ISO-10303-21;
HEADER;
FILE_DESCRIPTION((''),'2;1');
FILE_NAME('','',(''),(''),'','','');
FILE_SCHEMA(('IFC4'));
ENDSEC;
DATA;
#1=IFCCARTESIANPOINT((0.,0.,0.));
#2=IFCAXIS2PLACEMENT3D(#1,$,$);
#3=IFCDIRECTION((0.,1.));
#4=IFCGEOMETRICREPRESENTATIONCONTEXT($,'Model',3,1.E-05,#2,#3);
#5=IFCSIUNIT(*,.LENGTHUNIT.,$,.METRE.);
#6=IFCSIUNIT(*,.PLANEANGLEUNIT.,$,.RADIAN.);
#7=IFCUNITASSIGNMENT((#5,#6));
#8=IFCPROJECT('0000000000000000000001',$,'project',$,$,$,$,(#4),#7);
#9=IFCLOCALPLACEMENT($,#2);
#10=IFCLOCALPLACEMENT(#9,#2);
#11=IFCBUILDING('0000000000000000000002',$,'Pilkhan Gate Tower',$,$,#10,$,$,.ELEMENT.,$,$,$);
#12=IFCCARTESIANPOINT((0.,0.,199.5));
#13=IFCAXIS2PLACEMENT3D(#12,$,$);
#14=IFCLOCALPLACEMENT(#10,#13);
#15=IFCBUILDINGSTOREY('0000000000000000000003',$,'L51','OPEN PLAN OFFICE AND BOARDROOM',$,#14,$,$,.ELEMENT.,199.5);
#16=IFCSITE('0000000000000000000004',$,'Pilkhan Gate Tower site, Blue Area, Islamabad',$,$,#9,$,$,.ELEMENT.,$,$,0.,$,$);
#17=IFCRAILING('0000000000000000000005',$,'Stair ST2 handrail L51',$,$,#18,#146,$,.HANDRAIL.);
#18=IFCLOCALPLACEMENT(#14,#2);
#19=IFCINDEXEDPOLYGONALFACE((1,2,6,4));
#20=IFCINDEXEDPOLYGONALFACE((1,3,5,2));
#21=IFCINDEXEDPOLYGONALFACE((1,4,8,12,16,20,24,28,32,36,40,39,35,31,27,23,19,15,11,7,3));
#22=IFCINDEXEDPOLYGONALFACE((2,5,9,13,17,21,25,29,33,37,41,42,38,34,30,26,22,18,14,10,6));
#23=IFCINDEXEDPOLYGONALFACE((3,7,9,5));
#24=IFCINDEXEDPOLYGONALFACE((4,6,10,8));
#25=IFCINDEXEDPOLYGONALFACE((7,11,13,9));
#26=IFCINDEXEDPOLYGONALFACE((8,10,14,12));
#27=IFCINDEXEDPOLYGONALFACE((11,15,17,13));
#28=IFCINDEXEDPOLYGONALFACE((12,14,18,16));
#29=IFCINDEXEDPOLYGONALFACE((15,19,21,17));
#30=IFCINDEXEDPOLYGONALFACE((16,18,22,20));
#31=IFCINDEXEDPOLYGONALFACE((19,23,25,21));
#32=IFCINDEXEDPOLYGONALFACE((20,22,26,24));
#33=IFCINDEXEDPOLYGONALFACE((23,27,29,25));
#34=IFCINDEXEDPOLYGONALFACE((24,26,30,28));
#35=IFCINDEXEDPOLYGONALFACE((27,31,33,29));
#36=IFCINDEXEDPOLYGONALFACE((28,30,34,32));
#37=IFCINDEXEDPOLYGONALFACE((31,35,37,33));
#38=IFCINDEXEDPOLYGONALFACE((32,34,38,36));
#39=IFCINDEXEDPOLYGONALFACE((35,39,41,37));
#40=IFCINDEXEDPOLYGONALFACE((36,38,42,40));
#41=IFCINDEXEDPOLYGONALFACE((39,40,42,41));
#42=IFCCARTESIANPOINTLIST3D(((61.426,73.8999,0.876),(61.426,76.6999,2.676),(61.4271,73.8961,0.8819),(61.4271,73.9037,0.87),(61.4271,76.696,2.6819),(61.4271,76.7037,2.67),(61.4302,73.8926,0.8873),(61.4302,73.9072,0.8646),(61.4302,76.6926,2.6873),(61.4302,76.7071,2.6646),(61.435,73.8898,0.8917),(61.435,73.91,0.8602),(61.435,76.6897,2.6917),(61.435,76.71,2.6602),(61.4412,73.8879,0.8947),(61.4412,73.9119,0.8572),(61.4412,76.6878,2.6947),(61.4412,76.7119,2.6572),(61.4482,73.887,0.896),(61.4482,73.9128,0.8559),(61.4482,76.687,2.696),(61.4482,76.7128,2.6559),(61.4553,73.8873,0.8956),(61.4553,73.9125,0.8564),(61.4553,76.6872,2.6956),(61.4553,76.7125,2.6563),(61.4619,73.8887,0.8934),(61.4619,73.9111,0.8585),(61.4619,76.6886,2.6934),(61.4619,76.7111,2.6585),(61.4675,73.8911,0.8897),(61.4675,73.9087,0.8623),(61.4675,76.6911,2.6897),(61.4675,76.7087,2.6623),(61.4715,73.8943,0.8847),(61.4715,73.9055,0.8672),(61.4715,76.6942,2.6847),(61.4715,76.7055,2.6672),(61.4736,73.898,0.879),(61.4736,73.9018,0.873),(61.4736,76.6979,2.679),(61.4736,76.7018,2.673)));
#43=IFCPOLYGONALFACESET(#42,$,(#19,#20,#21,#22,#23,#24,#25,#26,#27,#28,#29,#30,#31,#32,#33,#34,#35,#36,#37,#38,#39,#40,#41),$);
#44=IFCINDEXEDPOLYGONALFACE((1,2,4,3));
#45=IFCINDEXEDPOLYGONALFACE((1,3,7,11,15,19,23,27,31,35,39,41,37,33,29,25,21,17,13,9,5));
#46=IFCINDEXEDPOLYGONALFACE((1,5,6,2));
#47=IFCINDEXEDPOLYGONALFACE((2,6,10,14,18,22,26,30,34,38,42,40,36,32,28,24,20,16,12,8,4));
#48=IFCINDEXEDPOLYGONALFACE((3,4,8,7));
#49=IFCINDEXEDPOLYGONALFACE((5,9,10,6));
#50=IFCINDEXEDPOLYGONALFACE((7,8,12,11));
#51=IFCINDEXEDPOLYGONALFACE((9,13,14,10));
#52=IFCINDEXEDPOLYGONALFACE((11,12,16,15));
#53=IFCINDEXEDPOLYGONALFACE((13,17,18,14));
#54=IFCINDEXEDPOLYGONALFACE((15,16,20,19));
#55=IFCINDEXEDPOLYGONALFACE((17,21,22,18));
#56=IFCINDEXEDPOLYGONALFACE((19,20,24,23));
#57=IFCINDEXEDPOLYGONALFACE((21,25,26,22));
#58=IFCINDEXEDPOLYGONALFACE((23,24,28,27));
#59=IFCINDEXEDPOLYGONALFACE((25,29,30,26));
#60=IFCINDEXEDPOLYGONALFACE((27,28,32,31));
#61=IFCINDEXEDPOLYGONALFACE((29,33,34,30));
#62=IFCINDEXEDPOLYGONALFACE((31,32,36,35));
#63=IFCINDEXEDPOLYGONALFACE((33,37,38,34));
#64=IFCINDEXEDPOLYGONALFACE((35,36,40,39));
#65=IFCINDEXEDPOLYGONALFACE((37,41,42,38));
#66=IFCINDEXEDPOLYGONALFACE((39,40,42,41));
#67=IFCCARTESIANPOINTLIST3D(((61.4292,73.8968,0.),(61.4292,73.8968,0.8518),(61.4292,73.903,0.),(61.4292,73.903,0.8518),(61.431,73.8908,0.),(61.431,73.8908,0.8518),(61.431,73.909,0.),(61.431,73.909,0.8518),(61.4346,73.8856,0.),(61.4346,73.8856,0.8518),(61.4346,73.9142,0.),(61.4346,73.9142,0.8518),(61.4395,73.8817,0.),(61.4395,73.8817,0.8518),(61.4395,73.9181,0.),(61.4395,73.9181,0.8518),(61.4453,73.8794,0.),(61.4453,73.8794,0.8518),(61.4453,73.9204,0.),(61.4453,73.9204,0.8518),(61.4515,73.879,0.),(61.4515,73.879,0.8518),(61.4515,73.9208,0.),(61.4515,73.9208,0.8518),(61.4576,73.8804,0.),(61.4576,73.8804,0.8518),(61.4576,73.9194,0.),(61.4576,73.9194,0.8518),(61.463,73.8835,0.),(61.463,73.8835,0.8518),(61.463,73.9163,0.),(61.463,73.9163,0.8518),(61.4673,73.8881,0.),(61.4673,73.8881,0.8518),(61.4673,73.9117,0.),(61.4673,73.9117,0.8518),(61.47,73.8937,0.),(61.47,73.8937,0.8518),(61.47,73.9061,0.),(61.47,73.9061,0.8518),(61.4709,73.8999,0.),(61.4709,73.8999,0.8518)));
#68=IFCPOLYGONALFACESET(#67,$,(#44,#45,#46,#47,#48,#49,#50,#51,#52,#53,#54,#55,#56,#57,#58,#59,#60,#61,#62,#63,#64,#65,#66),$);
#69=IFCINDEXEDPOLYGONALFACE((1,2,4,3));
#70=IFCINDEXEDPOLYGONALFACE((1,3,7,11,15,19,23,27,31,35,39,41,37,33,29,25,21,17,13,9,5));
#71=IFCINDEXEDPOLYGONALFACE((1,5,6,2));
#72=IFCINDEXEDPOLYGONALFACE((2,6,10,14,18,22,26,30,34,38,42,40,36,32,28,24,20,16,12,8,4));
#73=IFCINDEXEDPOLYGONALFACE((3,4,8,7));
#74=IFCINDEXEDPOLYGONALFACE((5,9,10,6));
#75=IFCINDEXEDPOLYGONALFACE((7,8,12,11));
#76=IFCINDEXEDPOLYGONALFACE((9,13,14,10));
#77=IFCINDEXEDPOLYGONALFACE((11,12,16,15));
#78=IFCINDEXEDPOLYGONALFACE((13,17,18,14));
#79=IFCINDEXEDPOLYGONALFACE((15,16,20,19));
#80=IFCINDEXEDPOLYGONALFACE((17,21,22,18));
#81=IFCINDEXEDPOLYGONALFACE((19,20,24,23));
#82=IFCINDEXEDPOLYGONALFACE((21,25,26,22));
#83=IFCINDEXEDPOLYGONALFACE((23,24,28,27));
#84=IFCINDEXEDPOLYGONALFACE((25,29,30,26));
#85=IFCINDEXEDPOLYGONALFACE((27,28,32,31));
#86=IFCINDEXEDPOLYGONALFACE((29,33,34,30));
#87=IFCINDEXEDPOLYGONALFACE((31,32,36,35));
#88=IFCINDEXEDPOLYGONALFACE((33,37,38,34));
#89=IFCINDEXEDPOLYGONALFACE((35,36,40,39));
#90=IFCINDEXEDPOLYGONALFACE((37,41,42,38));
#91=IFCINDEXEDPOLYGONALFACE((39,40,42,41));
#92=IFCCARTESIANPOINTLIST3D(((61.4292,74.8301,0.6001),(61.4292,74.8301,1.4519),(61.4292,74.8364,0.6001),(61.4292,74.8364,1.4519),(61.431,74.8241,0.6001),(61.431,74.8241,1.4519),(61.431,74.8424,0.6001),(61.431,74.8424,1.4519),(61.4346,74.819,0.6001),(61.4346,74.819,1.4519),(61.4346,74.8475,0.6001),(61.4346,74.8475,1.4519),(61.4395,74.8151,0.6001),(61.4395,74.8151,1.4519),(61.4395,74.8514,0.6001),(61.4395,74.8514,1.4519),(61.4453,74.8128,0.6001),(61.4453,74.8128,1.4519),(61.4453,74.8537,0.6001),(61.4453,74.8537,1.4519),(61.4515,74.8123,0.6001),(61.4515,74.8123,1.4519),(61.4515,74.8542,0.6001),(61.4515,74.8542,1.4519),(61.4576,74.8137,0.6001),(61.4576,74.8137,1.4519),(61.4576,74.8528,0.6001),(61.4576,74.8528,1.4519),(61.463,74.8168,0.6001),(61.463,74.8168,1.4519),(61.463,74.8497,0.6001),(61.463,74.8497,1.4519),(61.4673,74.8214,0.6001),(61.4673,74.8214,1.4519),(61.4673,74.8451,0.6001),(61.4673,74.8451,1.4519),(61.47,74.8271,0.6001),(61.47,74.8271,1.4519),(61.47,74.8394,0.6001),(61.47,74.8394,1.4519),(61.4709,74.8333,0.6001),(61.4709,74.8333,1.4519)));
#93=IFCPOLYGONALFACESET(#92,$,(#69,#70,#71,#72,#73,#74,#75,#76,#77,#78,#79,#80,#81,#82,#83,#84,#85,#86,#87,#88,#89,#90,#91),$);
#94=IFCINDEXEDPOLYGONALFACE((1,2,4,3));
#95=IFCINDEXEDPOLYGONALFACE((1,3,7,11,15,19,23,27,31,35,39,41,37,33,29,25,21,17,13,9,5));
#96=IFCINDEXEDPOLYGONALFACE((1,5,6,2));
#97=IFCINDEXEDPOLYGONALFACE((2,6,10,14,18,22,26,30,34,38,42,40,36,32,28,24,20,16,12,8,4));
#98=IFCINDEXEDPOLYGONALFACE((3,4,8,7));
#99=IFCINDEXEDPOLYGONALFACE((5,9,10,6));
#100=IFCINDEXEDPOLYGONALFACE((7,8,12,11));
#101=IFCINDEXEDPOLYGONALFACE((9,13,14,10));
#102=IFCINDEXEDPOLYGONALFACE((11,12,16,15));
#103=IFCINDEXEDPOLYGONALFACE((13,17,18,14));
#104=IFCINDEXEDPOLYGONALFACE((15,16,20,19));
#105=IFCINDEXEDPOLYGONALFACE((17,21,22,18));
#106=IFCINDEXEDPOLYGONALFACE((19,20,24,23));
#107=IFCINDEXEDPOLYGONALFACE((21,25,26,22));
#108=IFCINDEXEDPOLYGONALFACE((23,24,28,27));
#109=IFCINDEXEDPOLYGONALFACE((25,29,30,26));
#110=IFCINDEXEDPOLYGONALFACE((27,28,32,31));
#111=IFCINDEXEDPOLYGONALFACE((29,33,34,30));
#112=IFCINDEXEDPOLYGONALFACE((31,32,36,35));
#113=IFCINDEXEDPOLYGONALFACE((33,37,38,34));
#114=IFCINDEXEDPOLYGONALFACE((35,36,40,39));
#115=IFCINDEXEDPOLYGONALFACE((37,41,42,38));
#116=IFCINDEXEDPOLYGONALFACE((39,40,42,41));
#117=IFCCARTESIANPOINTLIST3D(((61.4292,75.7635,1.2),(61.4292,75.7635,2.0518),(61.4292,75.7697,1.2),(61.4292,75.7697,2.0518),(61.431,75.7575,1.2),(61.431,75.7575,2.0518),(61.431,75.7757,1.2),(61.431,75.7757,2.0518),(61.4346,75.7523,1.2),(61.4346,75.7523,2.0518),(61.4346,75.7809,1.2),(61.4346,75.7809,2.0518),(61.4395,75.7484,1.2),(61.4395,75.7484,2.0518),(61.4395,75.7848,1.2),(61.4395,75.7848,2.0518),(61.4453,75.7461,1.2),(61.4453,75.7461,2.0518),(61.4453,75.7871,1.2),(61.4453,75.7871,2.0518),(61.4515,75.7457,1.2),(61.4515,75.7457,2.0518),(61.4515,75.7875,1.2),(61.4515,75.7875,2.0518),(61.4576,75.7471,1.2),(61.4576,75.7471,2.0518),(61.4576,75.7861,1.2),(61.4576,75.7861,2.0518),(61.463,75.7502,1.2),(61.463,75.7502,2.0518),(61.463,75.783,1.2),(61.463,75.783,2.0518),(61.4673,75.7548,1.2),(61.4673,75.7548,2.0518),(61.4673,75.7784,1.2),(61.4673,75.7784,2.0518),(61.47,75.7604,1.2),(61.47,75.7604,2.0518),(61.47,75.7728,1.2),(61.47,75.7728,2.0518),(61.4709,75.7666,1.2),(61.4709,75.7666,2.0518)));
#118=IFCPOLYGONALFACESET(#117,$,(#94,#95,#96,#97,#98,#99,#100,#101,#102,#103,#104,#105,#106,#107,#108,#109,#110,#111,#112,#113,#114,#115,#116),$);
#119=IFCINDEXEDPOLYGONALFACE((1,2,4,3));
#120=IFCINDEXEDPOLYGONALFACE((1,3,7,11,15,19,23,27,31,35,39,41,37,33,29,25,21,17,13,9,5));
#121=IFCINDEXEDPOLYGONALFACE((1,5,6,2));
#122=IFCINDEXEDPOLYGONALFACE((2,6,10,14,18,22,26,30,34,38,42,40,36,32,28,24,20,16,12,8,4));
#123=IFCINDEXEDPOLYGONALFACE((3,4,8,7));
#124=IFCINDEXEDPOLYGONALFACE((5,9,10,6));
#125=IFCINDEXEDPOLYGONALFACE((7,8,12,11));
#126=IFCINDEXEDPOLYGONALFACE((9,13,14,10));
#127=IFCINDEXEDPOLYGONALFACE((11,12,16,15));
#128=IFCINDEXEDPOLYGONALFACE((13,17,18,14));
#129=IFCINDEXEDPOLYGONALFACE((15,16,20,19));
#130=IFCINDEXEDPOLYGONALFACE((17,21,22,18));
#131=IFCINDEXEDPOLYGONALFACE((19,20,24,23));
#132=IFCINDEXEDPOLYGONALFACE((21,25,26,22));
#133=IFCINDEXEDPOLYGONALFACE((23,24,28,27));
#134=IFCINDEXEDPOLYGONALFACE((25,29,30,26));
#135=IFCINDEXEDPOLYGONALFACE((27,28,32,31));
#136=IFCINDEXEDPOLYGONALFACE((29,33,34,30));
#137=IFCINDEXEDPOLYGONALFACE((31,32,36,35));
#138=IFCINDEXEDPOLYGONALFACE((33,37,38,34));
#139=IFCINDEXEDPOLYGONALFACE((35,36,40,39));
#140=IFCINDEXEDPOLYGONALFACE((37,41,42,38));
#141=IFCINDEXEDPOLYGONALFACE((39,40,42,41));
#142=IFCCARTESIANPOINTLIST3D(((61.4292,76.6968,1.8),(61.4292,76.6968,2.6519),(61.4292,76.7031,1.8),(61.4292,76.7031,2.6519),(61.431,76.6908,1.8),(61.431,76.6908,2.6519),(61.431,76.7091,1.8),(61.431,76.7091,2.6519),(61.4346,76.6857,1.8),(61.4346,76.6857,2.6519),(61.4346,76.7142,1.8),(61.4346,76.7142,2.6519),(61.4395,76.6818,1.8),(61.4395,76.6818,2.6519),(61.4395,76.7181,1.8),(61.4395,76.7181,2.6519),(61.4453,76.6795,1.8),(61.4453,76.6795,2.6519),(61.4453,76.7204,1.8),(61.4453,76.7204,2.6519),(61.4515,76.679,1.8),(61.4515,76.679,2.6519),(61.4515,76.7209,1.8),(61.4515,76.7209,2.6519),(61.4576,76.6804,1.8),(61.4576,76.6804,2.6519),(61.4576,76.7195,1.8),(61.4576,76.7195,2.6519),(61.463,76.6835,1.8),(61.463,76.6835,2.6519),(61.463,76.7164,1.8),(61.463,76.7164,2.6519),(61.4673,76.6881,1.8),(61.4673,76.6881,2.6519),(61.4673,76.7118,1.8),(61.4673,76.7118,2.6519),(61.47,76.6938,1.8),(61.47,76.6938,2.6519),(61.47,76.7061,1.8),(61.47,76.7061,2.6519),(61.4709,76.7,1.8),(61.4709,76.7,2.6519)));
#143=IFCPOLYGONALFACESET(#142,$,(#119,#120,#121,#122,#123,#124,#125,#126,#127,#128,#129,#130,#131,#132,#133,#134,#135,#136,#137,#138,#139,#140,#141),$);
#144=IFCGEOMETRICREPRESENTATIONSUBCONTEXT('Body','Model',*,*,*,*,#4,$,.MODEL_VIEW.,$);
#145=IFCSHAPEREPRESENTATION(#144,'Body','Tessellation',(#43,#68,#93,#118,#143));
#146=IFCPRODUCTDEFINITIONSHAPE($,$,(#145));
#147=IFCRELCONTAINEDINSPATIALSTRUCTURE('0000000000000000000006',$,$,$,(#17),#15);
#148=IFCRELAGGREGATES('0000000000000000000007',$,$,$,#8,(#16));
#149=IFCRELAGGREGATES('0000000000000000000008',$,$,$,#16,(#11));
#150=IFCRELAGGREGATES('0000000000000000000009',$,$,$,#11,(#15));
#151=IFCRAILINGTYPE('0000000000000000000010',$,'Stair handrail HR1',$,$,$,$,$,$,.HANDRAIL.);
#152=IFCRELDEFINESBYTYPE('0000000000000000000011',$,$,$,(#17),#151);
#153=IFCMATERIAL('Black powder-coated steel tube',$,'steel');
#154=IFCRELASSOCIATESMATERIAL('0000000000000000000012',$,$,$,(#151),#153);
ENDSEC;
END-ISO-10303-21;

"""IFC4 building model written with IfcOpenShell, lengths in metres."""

from ifc_helpers import new_model, si_unit, direction, frame, origin, origin_2d, place, context, subcontext, project, spatial, circle, extrude, material, type_object, element, save


model = new_model("IFC4")

# Units and contexts
model_context = context("Model", 3, precision=1e-05, world=origin(), true_north=direction((0.0, 1.0)))
body_context = subcontext(model_context, "Body", "Model", "MODEL_VIEW")
ifc_project = project(units=[si_unit("LENGTHUNIT", "METRE"), si_unit("PLANEANGLEUNIT", "RADIAN")], contexts=[model_context])

# Site, building, storey
site_placement = place(None, origin())
site = spatial("IfcSite", under=ifc_project, at=site_placement, Name="Pilkhan Gate Tower site, Blue Area, Islamabad", CompositionType="ELEMENT", RefElevation=0.0)
building_placement = place(site_placement, origin())
building = spatial("IfcBuilding", under=site, at=building_placement, Name="Pilkhan Gate Tower", CompositionType="ELEMENT")
storey_placement = place(building_placement, frame((0.0, 0.0, 199.5)))
storey = spatial("IfcBuildingStorey", under=building, at=storey_placement, Name="L51", Description="OPEN PLAN OFFICE AND BOARDROOM", CompositionType="ELEMENT", Elevation=199.5)

# Railing
ifc_material_1 = material(Name="Black powder-coated steel tube", Category="steel")
railing_type_1 = type_object("IfcRailingType", Name="Stair handrail HR1", PredefinedType="HANDRAIL", material=ifc_material_1)
railing_1_placement = place(storey_placement, frame((61.45, 73.8999, 0.0)))
element("IfcRailing", 1, at=railing_1_placement, inside=storey, type_object=railing_type_1, Name="Stair ST2 handrail L51", PredefinedType="HANDRAIL", context=body_context, shape_type="SweptSolid", body=[
    extrude(circle(Radius=0.0239, at=origin_2d()), frame((0.0, 0.0, 0.876), z_axis=(0.0, 0.841176, 0.540761), x_axis=(-1.0, 0.0, 0.0)), (0.0, 0.0, 1.0), 3.3286),
    extrude(circle(Radius=0.021, at=origin_2d()), origin(), (0.0, 0.0, 1.0), 0.8518),
    extrude(circle(Radius=0.021, at=origin_2d()), frame((0.0, 0.9333, 0.6001)), (0.0, 0.0, 1.0), 0.8518),
    extrude(circle(Radius=0.021, at=origin_2d()), frame((0.0, 1.8667, 1.2)), (0.0, 0.0, 1.0), 0.8518),
    extrude(circle(Radius=0.021, at=origin_2d()), frame((0.0, 2.8, 1.8)), (0.0, 0.0, 1.0), 0.8518),
])

save(model, "model.ifc")
